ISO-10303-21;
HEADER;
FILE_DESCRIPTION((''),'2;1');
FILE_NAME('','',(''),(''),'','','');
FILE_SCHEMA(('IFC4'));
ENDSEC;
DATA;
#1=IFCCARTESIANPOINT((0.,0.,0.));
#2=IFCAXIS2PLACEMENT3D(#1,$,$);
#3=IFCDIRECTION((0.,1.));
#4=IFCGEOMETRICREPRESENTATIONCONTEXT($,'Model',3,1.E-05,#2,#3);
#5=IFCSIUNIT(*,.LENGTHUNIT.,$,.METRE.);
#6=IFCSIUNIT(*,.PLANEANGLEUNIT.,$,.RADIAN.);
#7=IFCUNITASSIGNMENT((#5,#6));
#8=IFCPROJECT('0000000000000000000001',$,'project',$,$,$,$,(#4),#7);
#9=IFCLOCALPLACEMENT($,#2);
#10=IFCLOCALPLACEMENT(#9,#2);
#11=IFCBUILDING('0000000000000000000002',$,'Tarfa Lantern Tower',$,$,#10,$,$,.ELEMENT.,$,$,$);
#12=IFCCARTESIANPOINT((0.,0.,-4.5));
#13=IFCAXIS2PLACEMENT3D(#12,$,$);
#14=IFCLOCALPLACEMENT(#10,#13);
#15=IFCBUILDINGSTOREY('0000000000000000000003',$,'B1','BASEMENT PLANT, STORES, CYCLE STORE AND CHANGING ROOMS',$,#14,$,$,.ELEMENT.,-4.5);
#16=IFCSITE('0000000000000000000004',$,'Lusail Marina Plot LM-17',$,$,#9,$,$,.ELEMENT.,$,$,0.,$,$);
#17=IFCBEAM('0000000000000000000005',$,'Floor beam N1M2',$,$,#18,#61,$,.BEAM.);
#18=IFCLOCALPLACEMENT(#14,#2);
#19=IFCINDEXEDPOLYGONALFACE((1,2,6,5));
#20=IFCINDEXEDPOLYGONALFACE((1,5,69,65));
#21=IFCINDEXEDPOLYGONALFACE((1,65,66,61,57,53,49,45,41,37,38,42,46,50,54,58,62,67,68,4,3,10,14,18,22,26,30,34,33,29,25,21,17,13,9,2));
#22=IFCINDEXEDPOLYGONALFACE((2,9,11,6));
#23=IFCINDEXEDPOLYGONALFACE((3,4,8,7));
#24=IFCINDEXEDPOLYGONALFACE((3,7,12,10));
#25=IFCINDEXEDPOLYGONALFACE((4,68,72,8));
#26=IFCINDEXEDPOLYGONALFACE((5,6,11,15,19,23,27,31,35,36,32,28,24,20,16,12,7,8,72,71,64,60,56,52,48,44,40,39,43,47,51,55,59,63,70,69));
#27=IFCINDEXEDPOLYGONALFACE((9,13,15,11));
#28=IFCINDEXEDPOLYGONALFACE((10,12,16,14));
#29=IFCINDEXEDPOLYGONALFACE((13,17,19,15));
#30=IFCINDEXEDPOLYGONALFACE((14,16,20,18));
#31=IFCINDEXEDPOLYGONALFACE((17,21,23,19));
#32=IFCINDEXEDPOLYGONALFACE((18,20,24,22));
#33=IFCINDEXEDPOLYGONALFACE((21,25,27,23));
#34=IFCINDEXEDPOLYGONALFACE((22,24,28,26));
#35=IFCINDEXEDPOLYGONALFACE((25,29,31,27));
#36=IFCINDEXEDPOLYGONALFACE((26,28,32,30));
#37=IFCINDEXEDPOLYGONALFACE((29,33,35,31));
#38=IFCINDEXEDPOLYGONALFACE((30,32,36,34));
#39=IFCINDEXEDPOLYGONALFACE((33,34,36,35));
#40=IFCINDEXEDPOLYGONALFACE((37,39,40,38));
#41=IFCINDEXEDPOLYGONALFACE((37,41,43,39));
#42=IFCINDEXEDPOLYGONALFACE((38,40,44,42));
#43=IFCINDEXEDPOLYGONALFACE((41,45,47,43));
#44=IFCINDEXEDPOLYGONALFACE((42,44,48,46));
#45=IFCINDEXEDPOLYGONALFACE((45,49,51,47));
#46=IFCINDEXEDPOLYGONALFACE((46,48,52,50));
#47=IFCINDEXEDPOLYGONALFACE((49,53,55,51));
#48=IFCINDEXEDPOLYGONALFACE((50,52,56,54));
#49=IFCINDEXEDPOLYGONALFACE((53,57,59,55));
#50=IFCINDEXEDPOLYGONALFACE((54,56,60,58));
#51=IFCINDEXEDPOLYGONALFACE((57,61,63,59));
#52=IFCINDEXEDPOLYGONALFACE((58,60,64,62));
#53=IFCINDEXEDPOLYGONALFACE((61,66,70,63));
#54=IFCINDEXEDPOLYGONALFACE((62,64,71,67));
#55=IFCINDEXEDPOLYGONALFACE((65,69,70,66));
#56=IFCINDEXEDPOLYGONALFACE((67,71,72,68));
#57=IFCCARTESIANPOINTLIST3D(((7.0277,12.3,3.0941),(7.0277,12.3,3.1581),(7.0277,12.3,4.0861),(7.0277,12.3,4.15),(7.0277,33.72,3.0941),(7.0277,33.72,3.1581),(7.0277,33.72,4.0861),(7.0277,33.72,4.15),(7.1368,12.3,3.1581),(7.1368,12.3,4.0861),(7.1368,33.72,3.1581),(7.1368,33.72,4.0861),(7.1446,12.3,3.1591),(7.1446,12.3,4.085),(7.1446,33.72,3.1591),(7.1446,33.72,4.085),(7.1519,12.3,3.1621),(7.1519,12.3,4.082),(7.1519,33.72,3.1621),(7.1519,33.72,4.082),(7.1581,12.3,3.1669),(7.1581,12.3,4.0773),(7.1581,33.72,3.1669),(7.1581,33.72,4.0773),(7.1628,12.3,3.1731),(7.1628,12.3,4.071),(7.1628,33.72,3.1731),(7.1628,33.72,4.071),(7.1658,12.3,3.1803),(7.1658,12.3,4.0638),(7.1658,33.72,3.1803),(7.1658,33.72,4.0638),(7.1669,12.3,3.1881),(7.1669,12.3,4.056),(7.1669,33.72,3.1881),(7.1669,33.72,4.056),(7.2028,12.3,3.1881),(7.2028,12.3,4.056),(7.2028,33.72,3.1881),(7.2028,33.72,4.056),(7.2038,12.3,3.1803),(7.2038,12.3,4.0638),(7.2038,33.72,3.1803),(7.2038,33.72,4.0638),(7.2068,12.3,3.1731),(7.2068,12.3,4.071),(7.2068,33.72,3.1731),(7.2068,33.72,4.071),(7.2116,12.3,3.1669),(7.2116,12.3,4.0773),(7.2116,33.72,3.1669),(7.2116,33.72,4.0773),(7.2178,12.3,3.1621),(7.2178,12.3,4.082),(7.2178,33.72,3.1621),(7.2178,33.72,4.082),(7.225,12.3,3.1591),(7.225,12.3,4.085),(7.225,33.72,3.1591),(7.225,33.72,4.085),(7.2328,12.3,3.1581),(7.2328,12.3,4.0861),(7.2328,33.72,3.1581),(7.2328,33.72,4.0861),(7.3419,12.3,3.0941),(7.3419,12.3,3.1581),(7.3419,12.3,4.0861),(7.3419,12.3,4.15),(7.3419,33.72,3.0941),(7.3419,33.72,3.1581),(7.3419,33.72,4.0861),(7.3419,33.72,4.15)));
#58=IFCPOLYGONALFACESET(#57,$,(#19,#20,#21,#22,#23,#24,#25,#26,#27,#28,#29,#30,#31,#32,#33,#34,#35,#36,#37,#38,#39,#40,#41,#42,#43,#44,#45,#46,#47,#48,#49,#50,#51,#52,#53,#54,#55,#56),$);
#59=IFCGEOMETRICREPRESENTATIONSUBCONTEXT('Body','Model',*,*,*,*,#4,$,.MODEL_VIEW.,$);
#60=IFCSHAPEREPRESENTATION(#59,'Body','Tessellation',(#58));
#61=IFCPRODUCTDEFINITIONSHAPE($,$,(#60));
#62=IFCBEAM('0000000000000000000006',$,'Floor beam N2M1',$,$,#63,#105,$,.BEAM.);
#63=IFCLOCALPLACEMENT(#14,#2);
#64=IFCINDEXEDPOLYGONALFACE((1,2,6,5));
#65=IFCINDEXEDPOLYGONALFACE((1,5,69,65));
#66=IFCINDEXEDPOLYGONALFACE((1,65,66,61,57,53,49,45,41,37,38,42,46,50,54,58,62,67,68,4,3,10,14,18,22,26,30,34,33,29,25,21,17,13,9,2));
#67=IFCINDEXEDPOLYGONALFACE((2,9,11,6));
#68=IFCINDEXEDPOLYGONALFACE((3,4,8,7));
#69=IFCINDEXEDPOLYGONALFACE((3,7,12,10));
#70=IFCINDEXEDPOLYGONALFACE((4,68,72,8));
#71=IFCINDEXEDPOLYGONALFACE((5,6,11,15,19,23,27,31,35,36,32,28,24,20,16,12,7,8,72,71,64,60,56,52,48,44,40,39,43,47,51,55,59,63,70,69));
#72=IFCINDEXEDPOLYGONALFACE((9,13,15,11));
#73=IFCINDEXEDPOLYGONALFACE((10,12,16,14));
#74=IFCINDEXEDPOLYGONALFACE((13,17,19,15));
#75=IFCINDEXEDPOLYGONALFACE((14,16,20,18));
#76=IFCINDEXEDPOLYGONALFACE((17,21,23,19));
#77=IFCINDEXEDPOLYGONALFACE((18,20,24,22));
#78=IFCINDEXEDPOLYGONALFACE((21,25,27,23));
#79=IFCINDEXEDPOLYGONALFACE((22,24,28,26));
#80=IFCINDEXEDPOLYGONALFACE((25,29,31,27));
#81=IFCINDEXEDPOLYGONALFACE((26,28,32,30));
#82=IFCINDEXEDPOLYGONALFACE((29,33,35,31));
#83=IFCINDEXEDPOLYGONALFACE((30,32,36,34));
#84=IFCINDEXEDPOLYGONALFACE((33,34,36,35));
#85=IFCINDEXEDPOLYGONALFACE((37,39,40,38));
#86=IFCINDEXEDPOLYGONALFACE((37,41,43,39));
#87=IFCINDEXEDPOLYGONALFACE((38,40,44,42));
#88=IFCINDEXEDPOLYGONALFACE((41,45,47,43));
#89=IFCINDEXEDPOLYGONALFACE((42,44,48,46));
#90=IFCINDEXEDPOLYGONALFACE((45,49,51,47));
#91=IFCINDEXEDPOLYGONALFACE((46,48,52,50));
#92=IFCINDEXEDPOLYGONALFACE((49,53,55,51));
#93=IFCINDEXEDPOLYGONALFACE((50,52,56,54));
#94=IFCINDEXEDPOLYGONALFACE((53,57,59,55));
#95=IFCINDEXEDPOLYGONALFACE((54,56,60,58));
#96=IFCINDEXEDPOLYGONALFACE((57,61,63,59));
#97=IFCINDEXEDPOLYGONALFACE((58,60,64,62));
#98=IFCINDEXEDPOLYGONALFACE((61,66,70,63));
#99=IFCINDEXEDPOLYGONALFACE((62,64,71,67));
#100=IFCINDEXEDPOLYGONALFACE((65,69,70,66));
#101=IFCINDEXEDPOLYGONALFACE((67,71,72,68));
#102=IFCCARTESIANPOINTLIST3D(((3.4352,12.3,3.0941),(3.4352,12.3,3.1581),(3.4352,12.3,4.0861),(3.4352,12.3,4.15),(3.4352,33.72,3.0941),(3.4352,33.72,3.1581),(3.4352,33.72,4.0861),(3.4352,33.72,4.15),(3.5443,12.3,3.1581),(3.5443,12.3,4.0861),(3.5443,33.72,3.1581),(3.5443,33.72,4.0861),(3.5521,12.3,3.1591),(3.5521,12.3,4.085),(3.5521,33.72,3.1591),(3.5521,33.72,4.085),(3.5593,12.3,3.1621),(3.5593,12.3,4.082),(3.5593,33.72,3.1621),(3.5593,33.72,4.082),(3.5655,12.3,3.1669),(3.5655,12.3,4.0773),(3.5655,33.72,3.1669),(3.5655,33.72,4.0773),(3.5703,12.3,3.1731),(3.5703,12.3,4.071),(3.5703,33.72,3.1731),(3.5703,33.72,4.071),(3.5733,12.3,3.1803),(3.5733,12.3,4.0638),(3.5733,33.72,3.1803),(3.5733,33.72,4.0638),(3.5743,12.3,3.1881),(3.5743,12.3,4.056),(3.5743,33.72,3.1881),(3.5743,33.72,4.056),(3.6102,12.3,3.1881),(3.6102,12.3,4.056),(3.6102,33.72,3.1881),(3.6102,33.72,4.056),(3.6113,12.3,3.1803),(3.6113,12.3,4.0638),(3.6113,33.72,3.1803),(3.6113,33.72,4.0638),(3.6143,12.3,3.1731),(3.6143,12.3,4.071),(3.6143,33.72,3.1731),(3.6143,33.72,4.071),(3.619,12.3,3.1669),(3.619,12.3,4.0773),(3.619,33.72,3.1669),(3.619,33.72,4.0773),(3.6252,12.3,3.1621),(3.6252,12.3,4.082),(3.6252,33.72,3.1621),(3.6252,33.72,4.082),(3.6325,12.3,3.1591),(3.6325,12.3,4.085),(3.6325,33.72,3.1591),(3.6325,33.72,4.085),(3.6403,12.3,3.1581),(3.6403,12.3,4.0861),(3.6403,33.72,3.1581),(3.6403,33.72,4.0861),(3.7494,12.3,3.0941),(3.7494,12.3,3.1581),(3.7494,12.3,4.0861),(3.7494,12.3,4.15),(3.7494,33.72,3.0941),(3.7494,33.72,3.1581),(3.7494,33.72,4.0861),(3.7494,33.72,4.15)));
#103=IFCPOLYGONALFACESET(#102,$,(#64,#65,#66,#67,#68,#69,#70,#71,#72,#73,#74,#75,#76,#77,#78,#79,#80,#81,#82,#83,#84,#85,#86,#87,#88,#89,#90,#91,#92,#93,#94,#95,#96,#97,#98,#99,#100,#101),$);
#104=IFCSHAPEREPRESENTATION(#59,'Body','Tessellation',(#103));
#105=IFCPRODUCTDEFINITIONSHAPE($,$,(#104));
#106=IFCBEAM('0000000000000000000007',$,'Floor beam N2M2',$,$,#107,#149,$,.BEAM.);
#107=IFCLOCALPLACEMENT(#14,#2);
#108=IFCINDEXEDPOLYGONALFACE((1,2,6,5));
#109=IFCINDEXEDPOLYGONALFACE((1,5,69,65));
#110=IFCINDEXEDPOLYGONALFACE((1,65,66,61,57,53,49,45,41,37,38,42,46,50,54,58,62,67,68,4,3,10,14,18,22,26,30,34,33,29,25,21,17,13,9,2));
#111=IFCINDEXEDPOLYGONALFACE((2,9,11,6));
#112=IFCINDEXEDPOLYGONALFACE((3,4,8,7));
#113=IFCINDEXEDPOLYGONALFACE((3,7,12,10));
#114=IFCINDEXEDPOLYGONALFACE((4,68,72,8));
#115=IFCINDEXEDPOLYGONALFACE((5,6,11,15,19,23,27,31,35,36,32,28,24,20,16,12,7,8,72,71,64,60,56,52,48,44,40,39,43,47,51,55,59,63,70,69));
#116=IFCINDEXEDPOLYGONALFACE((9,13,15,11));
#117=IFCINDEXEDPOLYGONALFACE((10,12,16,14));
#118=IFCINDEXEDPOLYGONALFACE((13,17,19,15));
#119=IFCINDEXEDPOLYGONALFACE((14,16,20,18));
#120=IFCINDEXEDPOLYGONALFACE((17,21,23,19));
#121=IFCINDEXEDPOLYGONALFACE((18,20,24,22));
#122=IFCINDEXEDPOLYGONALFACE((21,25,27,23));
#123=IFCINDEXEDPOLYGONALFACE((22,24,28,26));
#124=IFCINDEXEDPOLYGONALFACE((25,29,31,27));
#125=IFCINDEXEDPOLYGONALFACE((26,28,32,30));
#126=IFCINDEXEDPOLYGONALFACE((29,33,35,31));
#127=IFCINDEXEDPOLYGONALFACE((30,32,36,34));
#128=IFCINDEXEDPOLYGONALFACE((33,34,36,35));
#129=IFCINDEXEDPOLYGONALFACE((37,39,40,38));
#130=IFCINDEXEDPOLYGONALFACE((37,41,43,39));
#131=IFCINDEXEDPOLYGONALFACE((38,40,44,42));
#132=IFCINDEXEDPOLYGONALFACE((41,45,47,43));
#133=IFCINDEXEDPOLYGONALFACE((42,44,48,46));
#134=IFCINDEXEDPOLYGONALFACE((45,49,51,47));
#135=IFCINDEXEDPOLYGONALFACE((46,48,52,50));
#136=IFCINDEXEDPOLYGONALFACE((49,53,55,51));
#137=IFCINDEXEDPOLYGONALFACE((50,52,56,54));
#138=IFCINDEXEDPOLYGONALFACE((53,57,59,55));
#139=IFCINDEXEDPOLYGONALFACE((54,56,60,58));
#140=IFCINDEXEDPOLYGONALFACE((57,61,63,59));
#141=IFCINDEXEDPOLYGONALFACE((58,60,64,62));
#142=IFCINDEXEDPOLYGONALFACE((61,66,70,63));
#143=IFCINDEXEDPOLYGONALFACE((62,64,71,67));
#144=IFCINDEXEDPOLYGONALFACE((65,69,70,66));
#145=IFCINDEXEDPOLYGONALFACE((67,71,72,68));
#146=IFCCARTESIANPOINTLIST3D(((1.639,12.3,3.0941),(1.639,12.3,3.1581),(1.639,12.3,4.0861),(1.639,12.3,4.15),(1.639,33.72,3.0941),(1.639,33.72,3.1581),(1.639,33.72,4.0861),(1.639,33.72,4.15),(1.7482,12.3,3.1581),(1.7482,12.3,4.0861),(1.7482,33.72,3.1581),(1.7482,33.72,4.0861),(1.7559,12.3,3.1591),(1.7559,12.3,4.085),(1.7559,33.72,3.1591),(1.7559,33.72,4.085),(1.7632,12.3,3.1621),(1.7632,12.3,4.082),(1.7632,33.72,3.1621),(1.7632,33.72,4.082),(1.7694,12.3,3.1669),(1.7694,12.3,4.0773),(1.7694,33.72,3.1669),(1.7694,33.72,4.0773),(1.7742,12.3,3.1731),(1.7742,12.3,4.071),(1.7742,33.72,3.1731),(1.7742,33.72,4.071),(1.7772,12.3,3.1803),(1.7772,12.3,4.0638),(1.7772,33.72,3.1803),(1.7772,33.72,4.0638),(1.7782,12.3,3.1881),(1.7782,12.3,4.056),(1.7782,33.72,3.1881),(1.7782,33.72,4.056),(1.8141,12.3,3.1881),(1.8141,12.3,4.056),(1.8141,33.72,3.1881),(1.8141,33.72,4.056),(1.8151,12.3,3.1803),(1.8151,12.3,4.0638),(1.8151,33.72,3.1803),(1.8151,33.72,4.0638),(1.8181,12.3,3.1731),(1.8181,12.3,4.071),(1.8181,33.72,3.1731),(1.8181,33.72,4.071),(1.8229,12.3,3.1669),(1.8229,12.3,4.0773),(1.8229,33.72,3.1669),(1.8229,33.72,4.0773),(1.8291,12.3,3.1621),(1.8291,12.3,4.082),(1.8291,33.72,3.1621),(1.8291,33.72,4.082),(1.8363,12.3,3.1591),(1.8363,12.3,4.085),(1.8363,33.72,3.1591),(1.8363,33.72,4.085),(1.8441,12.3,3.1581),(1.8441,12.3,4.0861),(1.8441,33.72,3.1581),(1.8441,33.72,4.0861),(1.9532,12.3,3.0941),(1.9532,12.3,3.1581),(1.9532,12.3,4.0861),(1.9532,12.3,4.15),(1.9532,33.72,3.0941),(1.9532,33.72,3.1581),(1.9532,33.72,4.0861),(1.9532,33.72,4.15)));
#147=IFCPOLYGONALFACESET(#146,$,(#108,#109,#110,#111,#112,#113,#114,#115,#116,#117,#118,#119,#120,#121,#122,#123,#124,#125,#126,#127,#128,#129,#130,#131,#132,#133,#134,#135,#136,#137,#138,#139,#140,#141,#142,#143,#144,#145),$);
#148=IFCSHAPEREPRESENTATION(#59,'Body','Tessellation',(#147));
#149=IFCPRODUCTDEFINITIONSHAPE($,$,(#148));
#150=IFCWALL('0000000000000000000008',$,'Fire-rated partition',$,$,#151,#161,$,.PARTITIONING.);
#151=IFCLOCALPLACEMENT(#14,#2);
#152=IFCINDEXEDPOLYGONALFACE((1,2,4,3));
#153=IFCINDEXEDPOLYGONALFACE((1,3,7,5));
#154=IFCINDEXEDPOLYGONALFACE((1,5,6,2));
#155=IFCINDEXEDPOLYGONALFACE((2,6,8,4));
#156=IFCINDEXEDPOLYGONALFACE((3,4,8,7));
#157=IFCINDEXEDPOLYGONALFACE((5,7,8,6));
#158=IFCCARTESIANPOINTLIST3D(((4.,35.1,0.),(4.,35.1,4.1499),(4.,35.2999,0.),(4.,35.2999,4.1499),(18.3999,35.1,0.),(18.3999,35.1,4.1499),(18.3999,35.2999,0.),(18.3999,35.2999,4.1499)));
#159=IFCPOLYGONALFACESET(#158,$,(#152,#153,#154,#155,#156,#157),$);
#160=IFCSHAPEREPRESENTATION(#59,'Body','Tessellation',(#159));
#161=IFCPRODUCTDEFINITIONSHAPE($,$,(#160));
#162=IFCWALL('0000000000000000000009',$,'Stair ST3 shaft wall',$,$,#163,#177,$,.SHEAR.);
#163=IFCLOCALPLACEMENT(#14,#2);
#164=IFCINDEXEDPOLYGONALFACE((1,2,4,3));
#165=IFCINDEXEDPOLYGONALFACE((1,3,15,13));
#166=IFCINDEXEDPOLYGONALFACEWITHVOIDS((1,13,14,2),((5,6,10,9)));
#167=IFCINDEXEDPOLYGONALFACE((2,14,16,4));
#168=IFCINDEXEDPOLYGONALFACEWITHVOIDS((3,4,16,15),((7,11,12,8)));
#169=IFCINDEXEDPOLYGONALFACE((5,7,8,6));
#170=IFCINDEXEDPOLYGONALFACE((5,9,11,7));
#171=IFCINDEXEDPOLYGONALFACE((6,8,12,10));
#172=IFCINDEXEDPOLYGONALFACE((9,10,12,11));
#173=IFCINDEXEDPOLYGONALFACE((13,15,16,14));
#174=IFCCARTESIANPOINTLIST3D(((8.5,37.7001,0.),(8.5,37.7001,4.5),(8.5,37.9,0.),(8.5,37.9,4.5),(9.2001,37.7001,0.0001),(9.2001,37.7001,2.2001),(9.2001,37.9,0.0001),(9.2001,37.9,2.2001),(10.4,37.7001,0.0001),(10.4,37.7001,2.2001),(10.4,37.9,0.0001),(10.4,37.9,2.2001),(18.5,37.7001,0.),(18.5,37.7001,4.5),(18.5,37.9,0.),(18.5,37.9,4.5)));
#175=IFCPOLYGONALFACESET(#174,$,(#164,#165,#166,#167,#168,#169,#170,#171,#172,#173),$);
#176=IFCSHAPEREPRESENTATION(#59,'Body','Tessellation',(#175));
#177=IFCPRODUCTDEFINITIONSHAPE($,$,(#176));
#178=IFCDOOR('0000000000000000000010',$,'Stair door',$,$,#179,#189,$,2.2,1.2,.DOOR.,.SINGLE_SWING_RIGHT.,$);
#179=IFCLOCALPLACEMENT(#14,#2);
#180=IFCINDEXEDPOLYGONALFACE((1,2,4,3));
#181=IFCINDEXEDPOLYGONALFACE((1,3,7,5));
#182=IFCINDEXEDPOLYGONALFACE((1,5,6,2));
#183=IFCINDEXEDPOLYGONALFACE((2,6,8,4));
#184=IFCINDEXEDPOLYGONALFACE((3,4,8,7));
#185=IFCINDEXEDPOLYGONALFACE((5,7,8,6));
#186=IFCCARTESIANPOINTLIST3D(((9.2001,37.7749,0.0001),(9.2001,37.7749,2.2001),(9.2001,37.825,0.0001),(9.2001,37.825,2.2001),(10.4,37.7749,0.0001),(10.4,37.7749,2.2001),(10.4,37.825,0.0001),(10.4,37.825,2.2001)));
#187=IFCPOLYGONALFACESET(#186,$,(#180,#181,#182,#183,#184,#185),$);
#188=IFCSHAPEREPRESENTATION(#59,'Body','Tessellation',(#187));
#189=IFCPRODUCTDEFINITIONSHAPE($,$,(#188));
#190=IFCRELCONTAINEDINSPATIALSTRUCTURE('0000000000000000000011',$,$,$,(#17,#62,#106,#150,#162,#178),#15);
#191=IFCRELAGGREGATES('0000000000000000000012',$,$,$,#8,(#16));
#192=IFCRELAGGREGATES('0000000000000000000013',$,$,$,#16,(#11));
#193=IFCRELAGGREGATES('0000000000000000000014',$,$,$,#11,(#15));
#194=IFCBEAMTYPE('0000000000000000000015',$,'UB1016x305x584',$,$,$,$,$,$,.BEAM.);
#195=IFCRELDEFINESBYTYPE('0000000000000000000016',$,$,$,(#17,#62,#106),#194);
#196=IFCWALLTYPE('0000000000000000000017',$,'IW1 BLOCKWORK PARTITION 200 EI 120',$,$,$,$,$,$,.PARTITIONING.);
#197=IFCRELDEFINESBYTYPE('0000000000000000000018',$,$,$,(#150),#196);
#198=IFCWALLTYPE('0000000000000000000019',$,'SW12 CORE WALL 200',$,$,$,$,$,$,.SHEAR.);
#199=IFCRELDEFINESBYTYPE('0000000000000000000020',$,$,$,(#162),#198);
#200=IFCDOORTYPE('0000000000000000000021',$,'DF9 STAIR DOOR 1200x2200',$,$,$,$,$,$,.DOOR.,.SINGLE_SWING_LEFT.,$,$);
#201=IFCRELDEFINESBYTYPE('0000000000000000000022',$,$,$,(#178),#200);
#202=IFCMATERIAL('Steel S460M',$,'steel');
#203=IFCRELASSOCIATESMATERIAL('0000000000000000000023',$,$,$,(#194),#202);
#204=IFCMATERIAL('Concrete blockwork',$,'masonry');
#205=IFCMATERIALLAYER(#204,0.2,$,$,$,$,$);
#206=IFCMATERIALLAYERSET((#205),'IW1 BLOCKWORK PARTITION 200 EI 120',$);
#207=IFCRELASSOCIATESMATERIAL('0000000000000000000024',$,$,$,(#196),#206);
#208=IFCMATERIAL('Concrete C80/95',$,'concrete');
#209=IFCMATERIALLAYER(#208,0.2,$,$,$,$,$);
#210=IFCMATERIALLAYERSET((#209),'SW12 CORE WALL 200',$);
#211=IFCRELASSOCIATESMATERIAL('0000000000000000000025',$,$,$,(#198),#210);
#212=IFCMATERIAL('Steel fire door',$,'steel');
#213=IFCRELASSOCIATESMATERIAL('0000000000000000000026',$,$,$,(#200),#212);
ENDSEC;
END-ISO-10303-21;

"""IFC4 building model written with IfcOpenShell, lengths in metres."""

from ifc_helpers import new_model, si_unit, direction, frame, frame_2d, origin, origin_2d, place, context, subcontext, project, spatial, rectangle, i_section, extrude, material, layer, layer_set, material_profile, profile_set, type_object, element, fill, save


model = new_model("IFC4")

# Units and contexts
model_context = context("Model", 3, precision=1e-05, world=origin(), true_north=direction((0.0, 1.0)))
body_context = subcontext(model_context, "Body", "Model", "MODEL_VIEW")
ifc_project = project(units=[si_unit("LENGTHUNIT", "METRE"), si_unit("PLANEANGLEUNIT", "RADIAN")], contexts=[model_context])

# Site, building, storey
site_placement = place(None, origin())
site = spatial("IfcSite", under=ifc_project, at=site_placement, Name="Lusail Marina Plot LM-17", CompositionType="ELEMENT", RefElevation=0.0)
building_placement = place(site_placement, origin())
building = spatial("IfcBuilding", under=site, at=building_placement, Name="Tarfa Lantern Tower", CompositionType="ELEMENT")
storey_placement = place(building_placement, frame((0.0, 0.0, -4.5)))
storey = spatial("IfcBuildingStorey", under=building, at=storey_placement, Name="B1", Description="BASEMENT PLANT, STORES, CYCLE STORE AND CHANGING ROOMS", CompositionType="ELEMENT", Elevation=-4.5)

# Shared definitions
ifc_material_1 = material(Name="Concrete C80/95", Category="concrete")

# Beams
ifc_material_2 = material(Name="Steel S460M", Category="steel")
ifc_material_profile_1 = material_profile(ifc_material_2, i_section(OverallWidth=0.3142, OverallDepth=1.0559, WebThickness=0.0359, FlangeThickness=0.064, FilletRadius=0.03, at=origin_2d()), Name="UB1016x305x584")
ifc_profile_set_1 = profile_set([ifc_material_profile_1], Name="Steel S460M")
beam_type_1 = type_object("IfcBeamType", Name="UB1016x305x584", PredefinedType="BEAM", material=ifc_profile_set_1)
for number, where, z_axis, x_axis, name in (
    (1, (7.1848, 33.72, 3.6221), (0.0, -1.0, 0.0), (1.0, 0.0, 0.0), "Floor beam N1M2"),
    (2, (3.5923, 33.72, 3.6221), (0.0, -1.0, 0.0), (1.0, 0.0, 0.0), "Floor beam N2M1"),
    (3, (1.7961, 33.72, 3.6221), (0.0, -1.0, 0.0), (1.0, 0.0, 0.0), "Floor beam N2M2"),
):
    element("IfcBeam", number, at=place(storey_placement, frame(where, z_axis=z_axis, x_axis=x_axis)), inside=storey, type_object=beam_type_1, Name=name, PredefinedType="BEAM", context=body_context, shape_type="SweptSolid", body=[
        extrude(i_section(OverallWidth=0.3142, OverallDepth=1.0559, WebThickness=0.0359, FlangeThickness=0.064, FilletRadius=0.03, at=origin_2d()), origin(), (0.0, 0.0, 1.0), 21.4199),
    ])

# Wall
ifc_material_3 = material(Name="Concrete blockwork", Category="masonry")
ifc_layer_1 = layer(ifc_material_3, 0.2)
ifc_layer_set_1 = layer_set([ifc_layer_1], Name="IW1 BLOCKWORK PARTITION 200 EI 120")
wall_type_1 = type_object("IfcWallType", Name="IW1 BLOCKWORK PARTITION 200 EI 120", PredefinedType="PARTITIONING", material=ifc_layer_set_1)
wall_1_placement = place(storey_placement, frame((4.0, 35.2, 0.0), z_axis=(0.0, 0.0, 1.0), x_axis=(1.0, 0.0, 0.0)))
element("IfcWall", 4, at=wall_1_placement, inside=storey, type_object=wall_type_1, Name="Fire-rated partition", PredefinedType="PARTITIONING", context=body_context, shape_type="SweptSolid", body=[
    extrude(rectangle(XDim=14.3999, YDim=0.2, at=frame_2d((7.2, 0.0))), origin(), (0.0, 0.0, 1.0), 4.1499),
])

# Wall, opening, door
ifc_layer_2 = layer(ifc_material_1, 0.2)
ifc_layer_set_2 = layer_set([ifc_layer_2], Name="SW12 CORE WALL 200")
wall_type_2 = type_object("IfcWallType", Name="SW12 CORE WALL 200", PredefinedType="SHEAR", material=ifc_layer_set_2)
wall_2_placement = place(storey_placement, frame((8.5, 37.8, 0.0), z_axis=(0.0, 0.0, 1.0), x_axis=(1.0, 0.0, 0.0)))
wall_2 = element("IfcWall", 5, at=wall_2_placement, inside=storey, type_object=wall_type_2, Name="Stair ST3 shaft wall", PredefinedType="SHEAR", context=body_context, shape_type="SweptSolid", body=[
    extrude(rectangle(XDim=10.0, YDim=0.2, at=frame_2d((5.0, 0.0))), origin(), (0.0, 0.0, 1.0), 4.5),
])
opening_placement = place(wall_2_placement, frame((0.7, 0.0, 0.0)))
opening = element("IfcOpeningElement", 6, at=opening_placement, cuts=wall_2, PredefinedType="OPENING", context=body_context, shape_type="SweptSolid", body=[
    extrude(rectangle(XDim=1.2, YDim=2.2, at=frame_2d((0.6001, 1.1001))), frame((0.0, 0.1099, 0.0), z_axis=(0.0, -1.0, 0.0), x_axis=(1.0, 0.0, 0.0)), (0.0, 0.0, 1.0), 0.22),
])
ifc_material_4 = material(Name="Steel fire door", Category="steel")
door_type = type_object("IfcDoorType", Name="DF9 STAIR DOOR 1200x2200", OperationType="SINGLE_SWING_LEFT", PredefinedType="DOOR", material=ifc_material_4)
door_placement = place(opening_placement, origin())
door = element("IfcDoor", 7, at=door_placement, inside=storey, type_object=door_type, Name="Stair door", OperationType="SINGLE_SWING_RIGHT", OverallHeight=2.2, OverallWidth=1.2, PredefinedType="DOOR", context=body_context, shape_type="SweptSolid", body=[
    extrude(rectangle(XDim=1.2, YDim=2.2, at=frame_2d((0.6001, 1.1001))), frame((0.0, 0.0249, 0.0), z_axis=(0.0, -1.0, 0.0), x_axis=(1.0, 0.0, 0.0)), (0.0, 0.0, 1.0), 0.05),
])
fill(opening, door)

save(model, "model.ifc")
